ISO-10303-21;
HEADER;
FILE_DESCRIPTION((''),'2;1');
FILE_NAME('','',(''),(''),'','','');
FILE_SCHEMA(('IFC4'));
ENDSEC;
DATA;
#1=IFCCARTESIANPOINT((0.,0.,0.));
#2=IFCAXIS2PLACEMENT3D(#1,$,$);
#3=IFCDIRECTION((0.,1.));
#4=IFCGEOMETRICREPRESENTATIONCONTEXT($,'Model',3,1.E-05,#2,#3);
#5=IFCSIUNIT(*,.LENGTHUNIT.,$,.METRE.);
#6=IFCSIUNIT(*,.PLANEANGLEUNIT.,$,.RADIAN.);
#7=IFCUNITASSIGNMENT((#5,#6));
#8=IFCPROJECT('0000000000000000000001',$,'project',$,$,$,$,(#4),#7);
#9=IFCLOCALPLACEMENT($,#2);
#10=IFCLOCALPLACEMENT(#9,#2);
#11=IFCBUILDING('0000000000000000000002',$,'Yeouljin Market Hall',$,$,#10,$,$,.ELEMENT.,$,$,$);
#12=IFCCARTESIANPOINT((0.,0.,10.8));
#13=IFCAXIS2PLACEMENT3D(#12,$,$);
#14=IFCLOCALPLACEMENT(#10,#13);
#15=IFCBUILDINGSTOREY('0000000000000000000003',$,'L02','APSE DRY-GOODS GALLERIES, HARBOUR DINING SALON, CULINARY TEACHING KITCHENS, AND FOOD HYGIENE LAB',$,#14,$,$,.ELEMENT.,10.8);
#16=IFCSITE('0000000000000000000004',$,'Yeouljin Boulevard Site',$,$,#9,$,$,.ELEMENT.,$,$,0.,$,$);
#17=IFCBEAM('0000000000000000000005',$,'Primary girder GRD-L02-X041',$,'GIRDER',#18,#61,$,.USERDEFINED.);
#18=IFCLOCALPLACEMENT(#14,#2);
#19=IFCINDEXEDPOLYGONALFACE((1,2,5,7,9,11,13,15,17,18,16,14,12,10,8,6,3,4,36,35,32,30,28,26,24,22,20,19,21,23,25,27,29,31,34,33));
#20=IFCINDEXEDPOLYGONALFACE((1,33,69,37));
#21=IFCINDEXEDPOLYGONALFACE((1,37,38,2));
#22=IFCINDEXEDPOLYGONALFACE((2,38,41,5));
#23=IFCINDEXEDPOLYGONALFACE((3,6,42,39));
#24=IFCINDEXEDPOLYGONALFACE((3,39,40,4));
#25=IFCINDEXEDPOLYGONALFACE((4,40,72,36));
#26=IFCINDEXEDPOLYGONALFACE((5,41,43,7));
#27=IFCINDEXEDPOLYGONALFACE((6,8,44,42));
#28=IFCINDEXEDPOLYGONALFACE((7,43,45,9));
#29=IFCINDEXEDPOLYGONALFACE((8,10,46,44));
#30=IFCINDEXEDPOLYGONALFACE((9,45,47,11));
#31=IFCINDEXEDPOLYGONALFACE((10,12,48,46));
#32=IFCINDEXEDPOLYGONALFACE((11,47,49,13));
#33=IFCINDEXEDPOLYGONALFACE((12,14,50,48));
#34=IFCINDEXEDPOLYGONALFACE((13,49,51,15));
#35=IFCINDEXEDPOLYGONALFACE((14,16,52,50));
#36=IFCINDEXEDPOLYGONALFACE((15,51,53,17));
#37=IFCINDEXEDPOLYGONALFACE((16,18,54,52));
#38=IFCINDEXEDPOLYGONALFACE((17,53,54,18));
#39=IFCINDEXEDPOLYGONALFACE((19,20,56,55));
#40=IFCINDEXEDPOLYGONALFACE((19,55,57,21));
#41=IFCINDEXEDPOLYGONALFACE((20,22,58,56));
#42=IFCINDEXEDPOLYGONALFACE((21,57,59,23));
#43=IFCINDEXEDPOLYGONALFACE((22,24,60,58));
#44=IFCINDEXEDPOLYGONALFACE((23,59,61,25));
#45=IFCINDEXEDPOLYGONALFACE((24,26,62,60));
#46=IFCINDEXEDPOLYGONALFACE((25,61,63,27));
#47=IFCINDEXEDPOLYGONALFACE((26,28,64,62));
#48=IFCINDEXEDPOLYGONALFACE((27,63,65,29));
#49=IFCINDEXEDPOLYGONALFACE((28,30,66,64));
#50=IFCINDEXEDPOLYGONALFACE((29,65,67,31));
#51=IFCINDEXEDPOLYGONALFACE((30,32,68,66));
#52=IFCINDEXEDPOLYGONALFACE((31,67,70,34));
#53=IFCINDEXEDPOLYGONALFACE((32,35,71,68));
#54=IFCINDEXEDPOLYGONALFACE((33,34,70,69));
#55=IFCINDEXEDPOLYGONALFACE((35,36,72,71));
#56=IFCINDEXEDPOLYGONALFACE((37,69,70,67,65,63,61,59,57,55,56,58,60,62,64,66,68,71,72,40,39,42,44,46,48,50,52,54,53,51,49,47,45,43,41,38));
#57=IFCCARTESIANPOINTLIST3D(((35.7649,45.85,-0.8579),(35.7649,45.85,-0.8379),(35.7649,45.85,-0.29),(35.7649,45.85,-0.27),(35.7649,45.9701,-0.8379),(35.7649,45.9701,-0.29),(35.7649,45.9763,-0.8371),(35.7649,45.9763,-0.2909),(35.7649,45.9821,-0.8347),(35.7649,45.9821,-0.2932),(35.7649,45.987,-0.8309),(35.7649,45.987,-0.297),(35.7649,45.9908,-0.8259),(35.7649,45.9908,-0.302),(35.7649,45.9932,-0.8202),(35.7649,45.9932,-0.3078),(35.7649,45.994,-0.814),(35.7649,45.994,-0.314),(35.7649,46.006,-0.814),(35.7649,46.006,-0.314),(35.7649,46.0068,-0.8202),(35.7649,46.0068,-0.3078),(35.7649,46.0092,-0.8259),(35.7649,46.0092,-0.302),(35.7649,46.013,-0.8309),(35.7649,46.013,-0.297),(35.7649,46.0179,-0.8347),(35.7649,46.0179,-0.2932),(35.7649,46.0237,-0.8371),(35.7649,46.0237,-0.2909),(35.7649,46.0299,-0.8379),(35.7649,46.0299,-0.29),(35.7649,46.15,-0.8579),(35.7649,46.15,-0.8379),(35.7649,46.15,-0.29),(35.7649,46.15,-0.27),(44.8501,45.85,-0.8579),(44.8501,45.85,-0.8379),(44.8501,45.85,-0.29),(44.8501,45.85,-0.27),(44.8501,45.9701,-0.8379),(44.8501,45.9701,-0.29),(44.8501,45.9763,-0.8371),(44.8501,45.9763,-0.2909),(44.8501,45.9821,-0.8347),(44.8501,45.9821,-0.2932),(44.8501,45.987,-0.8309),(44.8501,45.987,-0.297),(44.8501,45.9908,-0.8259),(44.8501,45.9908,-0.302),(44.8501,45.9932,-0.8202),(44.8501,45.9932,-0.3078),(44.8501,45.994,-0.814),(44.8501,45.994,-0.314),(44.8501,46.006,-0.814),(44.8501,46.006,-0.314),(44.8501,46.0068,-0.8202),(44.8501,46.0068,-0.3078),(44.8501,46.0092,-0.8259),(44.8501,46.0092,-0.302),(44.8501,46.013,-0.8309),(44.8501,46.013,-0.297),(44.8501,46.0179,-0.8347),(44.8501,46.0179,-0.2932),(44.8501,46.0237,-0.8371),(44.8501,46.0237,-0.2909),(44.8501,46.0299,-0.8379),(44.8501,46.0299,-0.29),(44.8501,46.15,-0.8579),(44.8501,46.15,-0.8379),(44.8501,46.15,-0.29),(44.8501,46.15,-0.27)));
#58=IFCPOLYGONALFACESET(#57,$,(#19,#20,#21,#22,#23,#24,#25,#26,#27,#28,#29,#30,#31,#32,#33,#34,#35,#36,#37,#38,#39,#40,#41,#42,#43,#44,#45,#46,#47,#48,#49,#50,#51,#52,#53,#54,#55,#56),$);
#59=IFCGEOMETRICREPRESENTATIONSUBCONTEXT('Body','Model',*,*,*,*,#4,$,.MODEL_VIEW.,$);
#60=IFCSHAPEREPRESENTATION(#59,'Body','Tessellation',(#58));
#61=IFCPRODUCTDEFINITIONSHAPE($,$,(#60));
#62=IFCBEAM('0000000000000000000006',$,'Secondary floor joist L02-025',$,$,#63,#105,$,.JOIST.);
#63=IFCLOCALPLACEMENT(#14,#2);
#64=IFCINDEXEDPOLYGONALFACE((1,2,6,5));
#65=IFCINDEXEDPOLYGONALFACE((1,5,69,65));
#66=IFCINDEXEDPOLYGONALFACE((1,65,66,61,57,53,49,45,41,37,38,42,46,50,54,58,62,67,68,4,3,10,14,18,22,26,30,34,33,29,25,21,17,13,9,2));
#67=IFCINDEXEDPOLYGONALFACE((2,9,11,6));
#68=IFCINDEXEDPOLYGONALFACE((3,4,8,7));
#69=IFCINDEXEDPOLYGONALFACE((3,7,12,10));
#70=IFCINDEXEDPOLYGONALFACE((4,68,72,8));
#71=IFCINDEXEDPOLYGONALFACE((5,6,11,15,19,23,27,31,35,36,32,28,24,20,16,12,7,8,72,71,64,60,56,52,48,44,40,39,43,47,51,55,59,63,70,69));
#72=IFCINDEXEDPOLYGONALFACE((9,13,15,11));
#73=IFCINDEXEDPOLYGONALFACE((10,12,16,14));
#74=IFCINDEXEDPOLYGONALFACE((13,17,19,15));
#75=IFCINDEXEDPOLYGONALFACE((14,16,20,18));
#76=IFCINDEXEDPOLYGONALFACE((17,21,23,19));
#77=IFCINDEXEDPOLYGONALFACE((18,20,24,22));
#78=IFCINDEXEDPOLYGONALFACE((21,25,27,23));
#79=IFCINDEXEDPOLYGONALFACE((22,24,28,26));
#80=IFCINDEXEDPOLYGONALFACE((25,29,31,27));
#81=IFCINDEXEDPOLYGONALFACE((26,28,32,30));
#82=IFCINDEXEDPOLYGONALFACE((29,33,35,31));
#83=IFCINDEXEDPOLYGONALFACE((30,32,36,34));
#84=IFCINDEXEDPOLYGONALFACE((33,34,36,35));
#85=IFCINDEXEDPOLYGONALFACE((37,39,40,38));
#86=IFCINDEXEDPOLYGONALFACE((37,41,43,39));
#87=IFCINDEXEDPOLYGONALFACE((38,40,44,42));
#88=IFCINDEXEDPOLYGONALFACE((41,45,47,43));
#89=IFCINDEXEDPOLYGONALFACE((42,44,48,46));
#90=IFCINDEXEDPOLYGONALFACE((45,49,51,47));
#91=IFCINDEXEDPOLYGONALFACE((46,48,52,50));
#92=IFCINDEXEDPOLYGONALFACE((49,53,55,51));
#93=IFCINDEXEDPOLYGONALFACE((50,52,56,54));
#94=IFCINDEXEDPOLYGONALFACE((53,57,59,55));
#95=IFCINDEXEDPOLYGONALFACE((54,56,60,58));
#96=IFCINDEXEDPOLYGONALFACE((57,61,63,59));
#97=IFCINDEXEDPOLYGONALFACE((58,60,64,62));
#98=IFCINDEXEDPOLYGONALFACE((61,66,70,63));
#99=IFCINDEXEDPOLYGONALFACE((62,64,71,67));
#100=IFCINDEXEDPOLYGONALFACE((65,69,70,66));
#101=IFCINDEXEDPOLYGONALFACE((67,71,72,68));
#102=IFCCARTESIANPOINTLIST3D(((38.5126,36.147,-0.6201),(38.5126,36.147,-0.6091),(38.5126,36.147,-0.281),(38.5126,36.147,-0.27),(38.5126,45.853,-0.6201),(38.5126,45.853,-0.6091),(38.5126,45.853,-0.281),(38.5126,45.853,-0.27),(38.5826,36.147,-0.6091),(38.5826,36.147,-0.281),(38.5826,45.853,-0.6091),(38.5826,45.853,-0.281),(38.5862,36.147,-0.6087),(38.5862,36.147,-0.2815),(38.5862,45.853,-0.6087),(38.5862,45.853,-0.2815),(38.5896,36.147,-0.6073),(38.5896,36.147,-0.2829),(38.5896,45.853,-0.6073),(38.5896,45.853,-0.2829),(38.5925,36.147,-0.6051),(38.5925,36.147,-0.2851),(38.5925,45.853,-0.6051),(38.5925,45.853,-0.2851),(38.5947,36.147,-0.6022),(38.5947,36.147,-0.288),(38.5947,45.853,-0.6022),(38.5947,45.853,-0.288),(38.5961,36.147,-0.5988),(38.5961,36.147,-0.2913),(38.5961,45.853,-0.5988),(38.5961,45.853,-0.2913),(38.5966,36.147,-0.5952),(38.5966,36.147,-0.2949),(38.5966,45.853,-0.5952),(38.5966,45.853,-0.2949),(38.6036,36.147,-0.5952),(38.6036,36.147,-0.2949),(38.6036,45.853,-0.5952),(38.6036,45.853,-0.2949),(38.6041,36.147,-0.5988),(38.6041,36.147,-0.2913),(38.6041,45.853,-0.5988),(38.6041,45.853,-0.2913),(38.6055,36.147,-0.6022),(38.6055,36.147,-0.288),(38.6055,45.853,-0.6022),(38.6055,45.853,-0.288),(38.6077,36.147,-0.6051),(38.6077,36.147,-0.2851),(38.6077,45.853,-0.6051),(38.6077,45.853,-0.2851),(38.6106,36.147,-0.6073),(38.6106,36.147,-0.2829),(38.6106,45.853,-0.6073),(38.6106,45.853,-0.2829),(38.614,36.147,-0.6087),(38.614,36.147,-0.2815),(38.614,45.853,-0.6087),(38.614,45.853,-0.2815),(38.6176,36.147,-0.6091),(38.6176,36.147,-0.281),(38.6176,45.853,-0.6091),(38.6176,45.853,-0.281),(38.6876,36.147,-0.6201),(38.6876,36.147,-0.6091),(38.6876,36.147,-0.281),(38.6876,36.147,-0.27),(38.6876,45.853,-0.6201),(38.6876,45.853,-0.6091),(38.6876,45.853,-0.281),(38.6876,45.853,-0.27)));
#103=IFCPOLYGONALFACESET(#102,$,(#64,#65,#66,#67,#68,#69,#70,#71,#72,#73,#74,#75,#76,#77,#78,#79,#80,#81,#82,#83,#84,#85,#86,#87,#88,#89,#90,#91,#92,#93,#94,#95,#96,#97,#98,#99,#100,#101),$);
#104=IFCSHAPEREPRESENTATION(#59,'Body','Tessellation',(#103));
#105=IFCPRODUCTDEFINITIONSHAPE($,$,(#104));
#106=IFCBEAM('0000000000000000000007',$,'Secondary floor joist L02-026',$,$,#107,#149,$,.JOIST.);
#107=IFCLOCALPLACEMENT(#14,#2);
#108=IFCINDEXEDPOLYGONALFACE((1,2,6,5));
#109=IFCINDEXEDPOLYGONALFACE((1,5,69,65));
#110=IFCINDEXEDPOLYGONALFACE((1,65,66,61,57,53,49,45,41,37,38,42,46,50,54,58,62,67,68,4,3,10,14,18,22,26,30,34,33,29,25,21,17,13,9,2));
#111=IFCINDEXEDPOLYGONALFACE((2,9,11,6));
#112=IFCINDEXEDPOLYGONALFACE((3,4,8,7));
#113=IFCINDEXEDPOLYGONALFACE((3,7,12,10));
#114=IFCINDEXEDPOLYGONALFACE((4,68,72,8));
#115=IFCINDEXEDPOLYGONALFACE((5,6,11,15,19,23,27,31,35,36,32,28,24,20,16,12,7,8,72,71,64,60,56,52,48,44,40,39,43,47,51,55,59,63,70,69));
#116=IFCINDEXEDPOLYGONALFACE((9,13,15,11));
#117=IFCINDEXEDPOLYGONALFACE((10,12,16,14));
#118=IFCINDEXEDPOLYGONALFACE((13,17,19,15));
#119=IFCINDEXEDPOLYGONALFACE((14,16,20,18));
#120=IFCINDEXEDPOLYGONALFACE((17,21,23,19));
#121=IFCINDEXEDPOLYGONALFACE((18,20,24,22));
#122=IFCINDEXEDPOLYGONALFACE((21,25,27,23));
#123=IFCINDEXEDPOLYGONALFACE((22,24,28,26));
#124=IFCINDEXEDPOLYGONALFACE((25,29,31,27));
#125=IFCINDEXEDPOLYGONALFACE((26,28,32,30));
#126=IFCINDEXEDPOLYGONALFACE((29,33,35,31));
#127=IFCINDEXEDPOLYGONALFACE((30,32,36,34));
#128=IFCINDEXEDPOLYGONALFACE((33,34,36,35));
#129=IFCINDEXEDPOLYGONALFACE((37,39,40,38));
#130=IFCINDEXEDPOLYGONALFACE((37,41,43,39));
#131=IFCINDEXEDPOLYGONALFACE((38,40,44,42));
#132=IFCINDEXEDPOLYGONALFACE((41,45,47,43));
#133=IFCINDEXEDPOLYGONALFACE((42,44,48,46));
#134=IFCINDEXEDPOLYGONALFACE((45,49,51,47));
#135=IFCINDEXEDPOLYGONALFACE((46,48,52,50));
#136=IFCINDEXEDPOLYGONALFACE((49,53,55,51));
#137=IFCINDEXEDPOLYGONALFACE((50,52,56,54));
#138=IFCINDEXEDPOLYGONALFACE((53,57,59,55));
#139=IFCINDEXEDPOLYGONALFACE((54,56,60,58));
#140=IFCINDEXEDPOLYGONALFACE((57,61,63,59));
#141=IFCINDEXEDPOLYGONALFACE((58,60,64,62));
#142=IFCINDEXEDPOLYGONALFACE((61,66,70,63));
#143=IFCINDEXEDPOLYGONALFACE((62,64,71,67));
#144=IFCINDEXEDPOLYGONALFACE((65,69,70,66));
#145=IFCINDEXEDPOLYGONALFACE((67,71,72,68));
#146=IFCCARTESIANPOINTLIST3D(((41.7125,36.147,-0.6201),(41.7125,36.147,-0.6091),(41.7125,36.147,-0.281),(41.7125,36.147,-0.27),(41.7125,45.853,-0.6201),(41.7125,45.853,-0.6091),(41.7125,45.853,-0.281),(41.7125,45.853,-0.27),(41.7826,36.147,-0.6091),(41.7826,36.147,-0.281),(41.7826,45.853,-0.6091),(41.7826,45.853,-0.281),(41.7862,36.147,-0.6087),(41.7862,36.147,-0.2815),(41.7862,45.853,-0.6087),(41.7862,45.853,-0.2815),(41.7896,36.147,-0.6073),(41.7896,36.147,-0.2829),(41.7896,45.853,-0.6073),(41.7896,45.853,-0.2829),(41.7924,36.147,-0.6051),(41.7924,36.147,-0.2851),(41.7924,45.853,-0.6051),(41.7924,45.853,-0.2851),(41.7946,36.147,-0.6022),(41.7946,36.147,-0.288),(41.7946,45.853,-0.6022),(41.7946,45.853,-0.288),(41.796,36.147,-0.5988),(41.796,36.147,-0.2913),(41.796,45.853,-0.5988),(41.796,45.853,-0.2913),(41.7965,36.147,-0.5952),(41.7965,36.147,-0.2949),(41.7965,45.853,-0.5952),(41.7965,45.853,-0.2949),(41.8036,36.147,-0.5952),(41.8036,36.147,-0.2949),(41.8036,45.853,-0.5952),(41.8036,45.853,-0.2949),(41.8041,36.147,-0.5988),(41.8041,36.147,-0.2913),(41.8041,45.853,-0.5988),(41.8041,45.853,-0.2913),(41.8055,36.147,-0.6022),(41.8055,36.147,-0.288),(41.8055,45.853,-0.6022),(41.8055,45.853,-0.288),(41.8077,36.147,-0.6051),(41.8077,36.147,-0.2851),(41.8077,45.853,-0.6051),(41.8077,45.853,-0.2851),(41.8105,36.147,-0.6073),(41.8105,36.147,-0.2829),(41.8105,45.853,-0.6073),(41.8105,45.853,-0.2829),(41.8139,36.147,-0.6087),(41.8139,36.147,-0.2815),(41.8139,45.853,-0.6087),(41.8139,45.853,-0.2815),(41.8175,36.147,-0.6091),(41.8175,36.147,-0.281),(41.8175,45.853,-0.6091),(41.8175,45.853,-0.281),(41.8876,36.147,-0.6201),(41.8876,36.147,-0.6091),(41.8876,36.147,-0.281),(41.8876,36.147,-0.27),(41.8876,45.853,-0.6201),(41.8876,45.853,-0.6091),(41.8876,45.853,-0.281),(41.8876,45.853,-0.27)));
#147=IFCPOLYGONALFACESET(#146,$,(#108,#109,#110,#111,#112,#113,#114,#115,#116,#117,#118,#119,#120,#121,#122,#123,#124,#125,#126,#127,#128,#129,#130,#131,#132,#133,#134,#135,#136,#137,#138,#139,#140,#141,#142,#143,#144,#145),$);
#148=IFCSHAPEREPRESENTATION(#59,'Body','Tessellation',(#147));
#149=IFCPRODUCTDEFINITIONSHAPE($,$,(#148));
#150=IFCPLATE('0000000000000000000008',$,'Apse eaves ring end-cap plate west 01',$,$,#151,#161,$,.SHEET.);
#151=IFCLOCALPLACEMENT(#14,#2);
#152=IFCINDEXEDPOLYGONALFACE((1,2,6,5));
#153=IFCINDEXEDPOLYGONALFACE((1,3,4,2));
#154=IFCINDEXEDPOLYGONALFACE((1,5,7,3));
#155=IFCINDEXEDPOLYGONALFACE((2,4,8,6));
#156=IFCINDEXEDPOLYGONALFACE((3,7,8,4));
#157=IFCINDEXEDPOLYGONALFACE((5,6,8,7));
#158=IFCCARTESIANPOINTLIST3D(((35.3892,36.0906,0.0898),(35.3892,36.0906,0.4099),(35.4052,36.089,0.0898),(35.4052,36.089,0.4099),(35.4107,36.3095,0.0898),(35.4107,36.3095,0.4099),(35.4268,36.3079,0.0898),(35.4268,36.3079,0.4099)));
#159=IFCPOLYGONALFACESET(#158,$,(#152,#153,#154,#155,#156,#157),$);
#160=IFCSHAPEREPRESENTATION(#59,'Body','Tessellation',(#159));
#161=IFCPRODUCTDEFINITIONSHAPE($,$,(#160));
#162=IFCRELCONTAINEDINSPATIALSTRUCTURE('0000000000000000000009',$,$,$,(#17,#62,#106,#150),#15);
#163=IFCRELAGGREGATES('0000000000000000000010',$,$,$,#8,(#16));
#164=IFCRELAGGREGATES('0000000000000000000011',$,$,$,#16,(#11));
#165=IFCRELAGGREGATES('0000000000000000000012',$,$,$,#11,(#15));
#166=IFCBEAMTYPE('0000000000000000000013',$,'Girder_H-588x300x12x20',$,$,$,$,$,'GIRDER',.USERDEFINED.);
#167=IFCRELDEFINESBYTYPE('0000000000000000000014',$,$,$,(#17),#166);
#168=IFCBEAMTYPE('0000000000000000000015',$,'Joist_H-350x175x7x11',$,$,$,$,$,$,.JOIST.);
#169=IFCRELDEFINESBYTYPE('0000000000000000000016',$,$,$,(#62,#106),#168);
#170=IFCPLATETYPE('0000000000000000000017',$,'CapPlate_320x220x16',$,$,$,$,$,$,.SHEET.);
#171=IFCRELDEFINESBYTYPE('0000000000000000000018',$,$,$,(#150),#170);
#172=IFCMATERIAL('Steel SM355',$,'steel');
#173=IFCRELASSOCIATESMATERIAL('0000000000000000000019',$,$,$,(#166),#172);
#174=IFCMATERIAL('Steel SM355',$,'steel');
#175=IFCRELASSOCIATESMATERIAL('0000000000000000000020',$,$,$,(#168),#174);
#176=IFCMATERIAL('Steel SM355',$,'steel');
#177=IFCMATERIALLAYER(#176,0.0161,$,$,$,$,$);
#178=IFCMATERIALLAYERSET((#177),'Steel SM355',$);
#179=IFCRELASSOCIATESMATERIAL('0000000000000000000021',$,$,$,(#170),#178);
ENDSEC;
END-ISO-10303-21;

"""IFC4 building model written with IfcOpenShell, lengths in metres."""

from ifc_helpers import new_model, si_unit, direction, frame, origin, origin_2d, place, context, subcontext, project, spatial, rectangle, i_section, extrude, material, layer, layer_set, material_profile, profile_set, type_object, element, save


model = new_model("IFC4")

# Units and contexts
model_context = context("Model", 3, precision=1e-05, world=origin(), true_north=direction((0.0, 1.0)))
body_context = subcontext(model_context, "Body", "Model", "MODEL_VIEW")
ifc_project = project(units=[si_unit("LENGTHUNIT", "METRE"), si_unit("PLANEANGLEUNIT", "RADIAN")], contexts=[model_context])

# Site, building, storey
site_placement = place(None, origin())
site = spatial("IfcSite", under=ifc_project, at=site_placement, Name="Yeouljin Boulevard Site", CompositionType="ELEMENT", RefElevation=0.0)
building_placement = place(site_placement, origin())
building = spatial("IfcBuilding", under=site, at=building_placement, Name="Yeouljin Market Hall", CompositionType="ELEMENT")
storey_placement = place(building_placement, frame((0.0, 0.0, 10.8)))
storey = spatial("IfcBuildingStorey", under=building, at=storey_placement, Name="L02", Description="APSE DRY-GOODS GALLERIES, HARBOUR DINING SALON, CULINARY TEACHING KITCHENS, AND FOOD HYGIENE LAB", CompositionType="ELEMENT", Elevation=10.8)

# Beams
ifc_material_1 = material(Name="Steel SM355", Category="steel")
ifc_material_profile_1 = material_profile(ifc_material_1, i_section(OverallWidth=0.3, OverallDepth=0.5879, WebThickness=0.012, FlangeThickness=0.02, FilletRadius=0.0239, at=origin_2d()), Name="H-588x300x12x20")
ifc_profile_set_1 = profile_set([ifc_material_profile_1], Name="Steel SM355")
beam_type_1 = type_object("IfcBeamType", Name="Girder_H-588x300x12x20", ElementType="GIRDER", PredefinedType="USERDEFINED", material=ifc_profile_set_1)
beam_1_placement = place(storey_placement, frame((35.7649, 46.0, -0.564), z_axis=(1.0, 0.0, 0.0), x_axis=(0.0, 1.0, 0.0)))
element("IfcBeam", 1, at=beam_1_placement, inside=storey, type_object=beam_type_1, Name="Primary girder GRD-L02-X041", ObjectType="GIRDER", PredefinedType="USERDEFINED", context=body_context, shape_type="SweptSolid", body=[
    extrude(i_section(OverallWidth=0.3, OverallDepth=0.5879, WebThickness=0.012, FlangeThickness=0.02, FilletRadius=0.0239, at=origin_2d()), origin(), (0.0, 0.0, 1.0), 9.0852),
])
ifc_material_2 = material(Name="Steel SM355", Category="steel")
ifc_material_profile_2 = material_profile(ifc_material_2, i_section(OverallWidth=0.175, OverallDepth=0.3501, WebThickness=0.0071, FlangeThickness=0.011, FilletRadius=0.0139, at=origin_2d()), Name="H-350x175x7x11")
ifc_profile_set_2 = profile_set([ifc_material_profile_2], Name="Steel SM355")
beam_type_2 = type_object("IfcBeamType", Name="Joist_H-350x175x7x11", PredefinedType="JOIST", material=ifc_profile_set_2)
for number, where, z_axis, x_axis, name in (
    (2, (38.6001, 36.147, -0.4451), (0.0, 1.0, 0.0), (-1.0, 0.0, 0.0), "Secondary floor joist L02-025"),
    (3, (41.8, 36.147, -0.4451), (0.0, 1.0, 0.0), (-1.0, 0.0, 0.0), "Secondary floor joist L02-026"),
):
    element("IfcBeam", number, at=place(storey_placement, frame(where, z_axis=z_axis, x_axis=x_axis)), inside=storey, type_object=beam_type_2, Name=name, PredefinedType="JOIST", context=body_context, shape_type="SweptSolid", body=[
        extrude(i_section(OverallWidth=0.175, OverallDepth=0.3501, WebThickness=0.0071, FlangeThickness=0.011, FilletRadius=0.0139, at=origin_2d()), origin(), (0.0, 0.0, 1.0), 9.7061),
    ])

# Plate
ifc_material_3 = material(Name="Steel SM355", Category="steel")
ifc_layer = layer(ifc_material_3, 0.0161)
ifc_layer_set = layer_set([ifc_layer], Name="Steel SM355")
plate_type = type_object("IfcPlateType", Name="CapPlate_320x220x16", PredefinedType="SHEET", material=ifc_layer_set)
plate_placement = place(storey_placement, frame((35.408, 36.1992, 0.0898), z_axis=(0.0, 0.0, 1.0), x_axis=(-0.098104, -0.995176, 0.0)))
element("IfcPlate", 4, at=plate_placement, inside=storey, type_object=plate_type, Name="Apse eaves ring end-cap plate west 01", PredefinedType="SHEET", context=body_context, shape_type="SweptSolid", body=[
    extrude(rectangle(XDim=0.22, YDim=0.0161, at=origin_2d()), origin(), (0.0, 0.0, 1.0), 0.3201),
])

save(model, "model.ifc")
